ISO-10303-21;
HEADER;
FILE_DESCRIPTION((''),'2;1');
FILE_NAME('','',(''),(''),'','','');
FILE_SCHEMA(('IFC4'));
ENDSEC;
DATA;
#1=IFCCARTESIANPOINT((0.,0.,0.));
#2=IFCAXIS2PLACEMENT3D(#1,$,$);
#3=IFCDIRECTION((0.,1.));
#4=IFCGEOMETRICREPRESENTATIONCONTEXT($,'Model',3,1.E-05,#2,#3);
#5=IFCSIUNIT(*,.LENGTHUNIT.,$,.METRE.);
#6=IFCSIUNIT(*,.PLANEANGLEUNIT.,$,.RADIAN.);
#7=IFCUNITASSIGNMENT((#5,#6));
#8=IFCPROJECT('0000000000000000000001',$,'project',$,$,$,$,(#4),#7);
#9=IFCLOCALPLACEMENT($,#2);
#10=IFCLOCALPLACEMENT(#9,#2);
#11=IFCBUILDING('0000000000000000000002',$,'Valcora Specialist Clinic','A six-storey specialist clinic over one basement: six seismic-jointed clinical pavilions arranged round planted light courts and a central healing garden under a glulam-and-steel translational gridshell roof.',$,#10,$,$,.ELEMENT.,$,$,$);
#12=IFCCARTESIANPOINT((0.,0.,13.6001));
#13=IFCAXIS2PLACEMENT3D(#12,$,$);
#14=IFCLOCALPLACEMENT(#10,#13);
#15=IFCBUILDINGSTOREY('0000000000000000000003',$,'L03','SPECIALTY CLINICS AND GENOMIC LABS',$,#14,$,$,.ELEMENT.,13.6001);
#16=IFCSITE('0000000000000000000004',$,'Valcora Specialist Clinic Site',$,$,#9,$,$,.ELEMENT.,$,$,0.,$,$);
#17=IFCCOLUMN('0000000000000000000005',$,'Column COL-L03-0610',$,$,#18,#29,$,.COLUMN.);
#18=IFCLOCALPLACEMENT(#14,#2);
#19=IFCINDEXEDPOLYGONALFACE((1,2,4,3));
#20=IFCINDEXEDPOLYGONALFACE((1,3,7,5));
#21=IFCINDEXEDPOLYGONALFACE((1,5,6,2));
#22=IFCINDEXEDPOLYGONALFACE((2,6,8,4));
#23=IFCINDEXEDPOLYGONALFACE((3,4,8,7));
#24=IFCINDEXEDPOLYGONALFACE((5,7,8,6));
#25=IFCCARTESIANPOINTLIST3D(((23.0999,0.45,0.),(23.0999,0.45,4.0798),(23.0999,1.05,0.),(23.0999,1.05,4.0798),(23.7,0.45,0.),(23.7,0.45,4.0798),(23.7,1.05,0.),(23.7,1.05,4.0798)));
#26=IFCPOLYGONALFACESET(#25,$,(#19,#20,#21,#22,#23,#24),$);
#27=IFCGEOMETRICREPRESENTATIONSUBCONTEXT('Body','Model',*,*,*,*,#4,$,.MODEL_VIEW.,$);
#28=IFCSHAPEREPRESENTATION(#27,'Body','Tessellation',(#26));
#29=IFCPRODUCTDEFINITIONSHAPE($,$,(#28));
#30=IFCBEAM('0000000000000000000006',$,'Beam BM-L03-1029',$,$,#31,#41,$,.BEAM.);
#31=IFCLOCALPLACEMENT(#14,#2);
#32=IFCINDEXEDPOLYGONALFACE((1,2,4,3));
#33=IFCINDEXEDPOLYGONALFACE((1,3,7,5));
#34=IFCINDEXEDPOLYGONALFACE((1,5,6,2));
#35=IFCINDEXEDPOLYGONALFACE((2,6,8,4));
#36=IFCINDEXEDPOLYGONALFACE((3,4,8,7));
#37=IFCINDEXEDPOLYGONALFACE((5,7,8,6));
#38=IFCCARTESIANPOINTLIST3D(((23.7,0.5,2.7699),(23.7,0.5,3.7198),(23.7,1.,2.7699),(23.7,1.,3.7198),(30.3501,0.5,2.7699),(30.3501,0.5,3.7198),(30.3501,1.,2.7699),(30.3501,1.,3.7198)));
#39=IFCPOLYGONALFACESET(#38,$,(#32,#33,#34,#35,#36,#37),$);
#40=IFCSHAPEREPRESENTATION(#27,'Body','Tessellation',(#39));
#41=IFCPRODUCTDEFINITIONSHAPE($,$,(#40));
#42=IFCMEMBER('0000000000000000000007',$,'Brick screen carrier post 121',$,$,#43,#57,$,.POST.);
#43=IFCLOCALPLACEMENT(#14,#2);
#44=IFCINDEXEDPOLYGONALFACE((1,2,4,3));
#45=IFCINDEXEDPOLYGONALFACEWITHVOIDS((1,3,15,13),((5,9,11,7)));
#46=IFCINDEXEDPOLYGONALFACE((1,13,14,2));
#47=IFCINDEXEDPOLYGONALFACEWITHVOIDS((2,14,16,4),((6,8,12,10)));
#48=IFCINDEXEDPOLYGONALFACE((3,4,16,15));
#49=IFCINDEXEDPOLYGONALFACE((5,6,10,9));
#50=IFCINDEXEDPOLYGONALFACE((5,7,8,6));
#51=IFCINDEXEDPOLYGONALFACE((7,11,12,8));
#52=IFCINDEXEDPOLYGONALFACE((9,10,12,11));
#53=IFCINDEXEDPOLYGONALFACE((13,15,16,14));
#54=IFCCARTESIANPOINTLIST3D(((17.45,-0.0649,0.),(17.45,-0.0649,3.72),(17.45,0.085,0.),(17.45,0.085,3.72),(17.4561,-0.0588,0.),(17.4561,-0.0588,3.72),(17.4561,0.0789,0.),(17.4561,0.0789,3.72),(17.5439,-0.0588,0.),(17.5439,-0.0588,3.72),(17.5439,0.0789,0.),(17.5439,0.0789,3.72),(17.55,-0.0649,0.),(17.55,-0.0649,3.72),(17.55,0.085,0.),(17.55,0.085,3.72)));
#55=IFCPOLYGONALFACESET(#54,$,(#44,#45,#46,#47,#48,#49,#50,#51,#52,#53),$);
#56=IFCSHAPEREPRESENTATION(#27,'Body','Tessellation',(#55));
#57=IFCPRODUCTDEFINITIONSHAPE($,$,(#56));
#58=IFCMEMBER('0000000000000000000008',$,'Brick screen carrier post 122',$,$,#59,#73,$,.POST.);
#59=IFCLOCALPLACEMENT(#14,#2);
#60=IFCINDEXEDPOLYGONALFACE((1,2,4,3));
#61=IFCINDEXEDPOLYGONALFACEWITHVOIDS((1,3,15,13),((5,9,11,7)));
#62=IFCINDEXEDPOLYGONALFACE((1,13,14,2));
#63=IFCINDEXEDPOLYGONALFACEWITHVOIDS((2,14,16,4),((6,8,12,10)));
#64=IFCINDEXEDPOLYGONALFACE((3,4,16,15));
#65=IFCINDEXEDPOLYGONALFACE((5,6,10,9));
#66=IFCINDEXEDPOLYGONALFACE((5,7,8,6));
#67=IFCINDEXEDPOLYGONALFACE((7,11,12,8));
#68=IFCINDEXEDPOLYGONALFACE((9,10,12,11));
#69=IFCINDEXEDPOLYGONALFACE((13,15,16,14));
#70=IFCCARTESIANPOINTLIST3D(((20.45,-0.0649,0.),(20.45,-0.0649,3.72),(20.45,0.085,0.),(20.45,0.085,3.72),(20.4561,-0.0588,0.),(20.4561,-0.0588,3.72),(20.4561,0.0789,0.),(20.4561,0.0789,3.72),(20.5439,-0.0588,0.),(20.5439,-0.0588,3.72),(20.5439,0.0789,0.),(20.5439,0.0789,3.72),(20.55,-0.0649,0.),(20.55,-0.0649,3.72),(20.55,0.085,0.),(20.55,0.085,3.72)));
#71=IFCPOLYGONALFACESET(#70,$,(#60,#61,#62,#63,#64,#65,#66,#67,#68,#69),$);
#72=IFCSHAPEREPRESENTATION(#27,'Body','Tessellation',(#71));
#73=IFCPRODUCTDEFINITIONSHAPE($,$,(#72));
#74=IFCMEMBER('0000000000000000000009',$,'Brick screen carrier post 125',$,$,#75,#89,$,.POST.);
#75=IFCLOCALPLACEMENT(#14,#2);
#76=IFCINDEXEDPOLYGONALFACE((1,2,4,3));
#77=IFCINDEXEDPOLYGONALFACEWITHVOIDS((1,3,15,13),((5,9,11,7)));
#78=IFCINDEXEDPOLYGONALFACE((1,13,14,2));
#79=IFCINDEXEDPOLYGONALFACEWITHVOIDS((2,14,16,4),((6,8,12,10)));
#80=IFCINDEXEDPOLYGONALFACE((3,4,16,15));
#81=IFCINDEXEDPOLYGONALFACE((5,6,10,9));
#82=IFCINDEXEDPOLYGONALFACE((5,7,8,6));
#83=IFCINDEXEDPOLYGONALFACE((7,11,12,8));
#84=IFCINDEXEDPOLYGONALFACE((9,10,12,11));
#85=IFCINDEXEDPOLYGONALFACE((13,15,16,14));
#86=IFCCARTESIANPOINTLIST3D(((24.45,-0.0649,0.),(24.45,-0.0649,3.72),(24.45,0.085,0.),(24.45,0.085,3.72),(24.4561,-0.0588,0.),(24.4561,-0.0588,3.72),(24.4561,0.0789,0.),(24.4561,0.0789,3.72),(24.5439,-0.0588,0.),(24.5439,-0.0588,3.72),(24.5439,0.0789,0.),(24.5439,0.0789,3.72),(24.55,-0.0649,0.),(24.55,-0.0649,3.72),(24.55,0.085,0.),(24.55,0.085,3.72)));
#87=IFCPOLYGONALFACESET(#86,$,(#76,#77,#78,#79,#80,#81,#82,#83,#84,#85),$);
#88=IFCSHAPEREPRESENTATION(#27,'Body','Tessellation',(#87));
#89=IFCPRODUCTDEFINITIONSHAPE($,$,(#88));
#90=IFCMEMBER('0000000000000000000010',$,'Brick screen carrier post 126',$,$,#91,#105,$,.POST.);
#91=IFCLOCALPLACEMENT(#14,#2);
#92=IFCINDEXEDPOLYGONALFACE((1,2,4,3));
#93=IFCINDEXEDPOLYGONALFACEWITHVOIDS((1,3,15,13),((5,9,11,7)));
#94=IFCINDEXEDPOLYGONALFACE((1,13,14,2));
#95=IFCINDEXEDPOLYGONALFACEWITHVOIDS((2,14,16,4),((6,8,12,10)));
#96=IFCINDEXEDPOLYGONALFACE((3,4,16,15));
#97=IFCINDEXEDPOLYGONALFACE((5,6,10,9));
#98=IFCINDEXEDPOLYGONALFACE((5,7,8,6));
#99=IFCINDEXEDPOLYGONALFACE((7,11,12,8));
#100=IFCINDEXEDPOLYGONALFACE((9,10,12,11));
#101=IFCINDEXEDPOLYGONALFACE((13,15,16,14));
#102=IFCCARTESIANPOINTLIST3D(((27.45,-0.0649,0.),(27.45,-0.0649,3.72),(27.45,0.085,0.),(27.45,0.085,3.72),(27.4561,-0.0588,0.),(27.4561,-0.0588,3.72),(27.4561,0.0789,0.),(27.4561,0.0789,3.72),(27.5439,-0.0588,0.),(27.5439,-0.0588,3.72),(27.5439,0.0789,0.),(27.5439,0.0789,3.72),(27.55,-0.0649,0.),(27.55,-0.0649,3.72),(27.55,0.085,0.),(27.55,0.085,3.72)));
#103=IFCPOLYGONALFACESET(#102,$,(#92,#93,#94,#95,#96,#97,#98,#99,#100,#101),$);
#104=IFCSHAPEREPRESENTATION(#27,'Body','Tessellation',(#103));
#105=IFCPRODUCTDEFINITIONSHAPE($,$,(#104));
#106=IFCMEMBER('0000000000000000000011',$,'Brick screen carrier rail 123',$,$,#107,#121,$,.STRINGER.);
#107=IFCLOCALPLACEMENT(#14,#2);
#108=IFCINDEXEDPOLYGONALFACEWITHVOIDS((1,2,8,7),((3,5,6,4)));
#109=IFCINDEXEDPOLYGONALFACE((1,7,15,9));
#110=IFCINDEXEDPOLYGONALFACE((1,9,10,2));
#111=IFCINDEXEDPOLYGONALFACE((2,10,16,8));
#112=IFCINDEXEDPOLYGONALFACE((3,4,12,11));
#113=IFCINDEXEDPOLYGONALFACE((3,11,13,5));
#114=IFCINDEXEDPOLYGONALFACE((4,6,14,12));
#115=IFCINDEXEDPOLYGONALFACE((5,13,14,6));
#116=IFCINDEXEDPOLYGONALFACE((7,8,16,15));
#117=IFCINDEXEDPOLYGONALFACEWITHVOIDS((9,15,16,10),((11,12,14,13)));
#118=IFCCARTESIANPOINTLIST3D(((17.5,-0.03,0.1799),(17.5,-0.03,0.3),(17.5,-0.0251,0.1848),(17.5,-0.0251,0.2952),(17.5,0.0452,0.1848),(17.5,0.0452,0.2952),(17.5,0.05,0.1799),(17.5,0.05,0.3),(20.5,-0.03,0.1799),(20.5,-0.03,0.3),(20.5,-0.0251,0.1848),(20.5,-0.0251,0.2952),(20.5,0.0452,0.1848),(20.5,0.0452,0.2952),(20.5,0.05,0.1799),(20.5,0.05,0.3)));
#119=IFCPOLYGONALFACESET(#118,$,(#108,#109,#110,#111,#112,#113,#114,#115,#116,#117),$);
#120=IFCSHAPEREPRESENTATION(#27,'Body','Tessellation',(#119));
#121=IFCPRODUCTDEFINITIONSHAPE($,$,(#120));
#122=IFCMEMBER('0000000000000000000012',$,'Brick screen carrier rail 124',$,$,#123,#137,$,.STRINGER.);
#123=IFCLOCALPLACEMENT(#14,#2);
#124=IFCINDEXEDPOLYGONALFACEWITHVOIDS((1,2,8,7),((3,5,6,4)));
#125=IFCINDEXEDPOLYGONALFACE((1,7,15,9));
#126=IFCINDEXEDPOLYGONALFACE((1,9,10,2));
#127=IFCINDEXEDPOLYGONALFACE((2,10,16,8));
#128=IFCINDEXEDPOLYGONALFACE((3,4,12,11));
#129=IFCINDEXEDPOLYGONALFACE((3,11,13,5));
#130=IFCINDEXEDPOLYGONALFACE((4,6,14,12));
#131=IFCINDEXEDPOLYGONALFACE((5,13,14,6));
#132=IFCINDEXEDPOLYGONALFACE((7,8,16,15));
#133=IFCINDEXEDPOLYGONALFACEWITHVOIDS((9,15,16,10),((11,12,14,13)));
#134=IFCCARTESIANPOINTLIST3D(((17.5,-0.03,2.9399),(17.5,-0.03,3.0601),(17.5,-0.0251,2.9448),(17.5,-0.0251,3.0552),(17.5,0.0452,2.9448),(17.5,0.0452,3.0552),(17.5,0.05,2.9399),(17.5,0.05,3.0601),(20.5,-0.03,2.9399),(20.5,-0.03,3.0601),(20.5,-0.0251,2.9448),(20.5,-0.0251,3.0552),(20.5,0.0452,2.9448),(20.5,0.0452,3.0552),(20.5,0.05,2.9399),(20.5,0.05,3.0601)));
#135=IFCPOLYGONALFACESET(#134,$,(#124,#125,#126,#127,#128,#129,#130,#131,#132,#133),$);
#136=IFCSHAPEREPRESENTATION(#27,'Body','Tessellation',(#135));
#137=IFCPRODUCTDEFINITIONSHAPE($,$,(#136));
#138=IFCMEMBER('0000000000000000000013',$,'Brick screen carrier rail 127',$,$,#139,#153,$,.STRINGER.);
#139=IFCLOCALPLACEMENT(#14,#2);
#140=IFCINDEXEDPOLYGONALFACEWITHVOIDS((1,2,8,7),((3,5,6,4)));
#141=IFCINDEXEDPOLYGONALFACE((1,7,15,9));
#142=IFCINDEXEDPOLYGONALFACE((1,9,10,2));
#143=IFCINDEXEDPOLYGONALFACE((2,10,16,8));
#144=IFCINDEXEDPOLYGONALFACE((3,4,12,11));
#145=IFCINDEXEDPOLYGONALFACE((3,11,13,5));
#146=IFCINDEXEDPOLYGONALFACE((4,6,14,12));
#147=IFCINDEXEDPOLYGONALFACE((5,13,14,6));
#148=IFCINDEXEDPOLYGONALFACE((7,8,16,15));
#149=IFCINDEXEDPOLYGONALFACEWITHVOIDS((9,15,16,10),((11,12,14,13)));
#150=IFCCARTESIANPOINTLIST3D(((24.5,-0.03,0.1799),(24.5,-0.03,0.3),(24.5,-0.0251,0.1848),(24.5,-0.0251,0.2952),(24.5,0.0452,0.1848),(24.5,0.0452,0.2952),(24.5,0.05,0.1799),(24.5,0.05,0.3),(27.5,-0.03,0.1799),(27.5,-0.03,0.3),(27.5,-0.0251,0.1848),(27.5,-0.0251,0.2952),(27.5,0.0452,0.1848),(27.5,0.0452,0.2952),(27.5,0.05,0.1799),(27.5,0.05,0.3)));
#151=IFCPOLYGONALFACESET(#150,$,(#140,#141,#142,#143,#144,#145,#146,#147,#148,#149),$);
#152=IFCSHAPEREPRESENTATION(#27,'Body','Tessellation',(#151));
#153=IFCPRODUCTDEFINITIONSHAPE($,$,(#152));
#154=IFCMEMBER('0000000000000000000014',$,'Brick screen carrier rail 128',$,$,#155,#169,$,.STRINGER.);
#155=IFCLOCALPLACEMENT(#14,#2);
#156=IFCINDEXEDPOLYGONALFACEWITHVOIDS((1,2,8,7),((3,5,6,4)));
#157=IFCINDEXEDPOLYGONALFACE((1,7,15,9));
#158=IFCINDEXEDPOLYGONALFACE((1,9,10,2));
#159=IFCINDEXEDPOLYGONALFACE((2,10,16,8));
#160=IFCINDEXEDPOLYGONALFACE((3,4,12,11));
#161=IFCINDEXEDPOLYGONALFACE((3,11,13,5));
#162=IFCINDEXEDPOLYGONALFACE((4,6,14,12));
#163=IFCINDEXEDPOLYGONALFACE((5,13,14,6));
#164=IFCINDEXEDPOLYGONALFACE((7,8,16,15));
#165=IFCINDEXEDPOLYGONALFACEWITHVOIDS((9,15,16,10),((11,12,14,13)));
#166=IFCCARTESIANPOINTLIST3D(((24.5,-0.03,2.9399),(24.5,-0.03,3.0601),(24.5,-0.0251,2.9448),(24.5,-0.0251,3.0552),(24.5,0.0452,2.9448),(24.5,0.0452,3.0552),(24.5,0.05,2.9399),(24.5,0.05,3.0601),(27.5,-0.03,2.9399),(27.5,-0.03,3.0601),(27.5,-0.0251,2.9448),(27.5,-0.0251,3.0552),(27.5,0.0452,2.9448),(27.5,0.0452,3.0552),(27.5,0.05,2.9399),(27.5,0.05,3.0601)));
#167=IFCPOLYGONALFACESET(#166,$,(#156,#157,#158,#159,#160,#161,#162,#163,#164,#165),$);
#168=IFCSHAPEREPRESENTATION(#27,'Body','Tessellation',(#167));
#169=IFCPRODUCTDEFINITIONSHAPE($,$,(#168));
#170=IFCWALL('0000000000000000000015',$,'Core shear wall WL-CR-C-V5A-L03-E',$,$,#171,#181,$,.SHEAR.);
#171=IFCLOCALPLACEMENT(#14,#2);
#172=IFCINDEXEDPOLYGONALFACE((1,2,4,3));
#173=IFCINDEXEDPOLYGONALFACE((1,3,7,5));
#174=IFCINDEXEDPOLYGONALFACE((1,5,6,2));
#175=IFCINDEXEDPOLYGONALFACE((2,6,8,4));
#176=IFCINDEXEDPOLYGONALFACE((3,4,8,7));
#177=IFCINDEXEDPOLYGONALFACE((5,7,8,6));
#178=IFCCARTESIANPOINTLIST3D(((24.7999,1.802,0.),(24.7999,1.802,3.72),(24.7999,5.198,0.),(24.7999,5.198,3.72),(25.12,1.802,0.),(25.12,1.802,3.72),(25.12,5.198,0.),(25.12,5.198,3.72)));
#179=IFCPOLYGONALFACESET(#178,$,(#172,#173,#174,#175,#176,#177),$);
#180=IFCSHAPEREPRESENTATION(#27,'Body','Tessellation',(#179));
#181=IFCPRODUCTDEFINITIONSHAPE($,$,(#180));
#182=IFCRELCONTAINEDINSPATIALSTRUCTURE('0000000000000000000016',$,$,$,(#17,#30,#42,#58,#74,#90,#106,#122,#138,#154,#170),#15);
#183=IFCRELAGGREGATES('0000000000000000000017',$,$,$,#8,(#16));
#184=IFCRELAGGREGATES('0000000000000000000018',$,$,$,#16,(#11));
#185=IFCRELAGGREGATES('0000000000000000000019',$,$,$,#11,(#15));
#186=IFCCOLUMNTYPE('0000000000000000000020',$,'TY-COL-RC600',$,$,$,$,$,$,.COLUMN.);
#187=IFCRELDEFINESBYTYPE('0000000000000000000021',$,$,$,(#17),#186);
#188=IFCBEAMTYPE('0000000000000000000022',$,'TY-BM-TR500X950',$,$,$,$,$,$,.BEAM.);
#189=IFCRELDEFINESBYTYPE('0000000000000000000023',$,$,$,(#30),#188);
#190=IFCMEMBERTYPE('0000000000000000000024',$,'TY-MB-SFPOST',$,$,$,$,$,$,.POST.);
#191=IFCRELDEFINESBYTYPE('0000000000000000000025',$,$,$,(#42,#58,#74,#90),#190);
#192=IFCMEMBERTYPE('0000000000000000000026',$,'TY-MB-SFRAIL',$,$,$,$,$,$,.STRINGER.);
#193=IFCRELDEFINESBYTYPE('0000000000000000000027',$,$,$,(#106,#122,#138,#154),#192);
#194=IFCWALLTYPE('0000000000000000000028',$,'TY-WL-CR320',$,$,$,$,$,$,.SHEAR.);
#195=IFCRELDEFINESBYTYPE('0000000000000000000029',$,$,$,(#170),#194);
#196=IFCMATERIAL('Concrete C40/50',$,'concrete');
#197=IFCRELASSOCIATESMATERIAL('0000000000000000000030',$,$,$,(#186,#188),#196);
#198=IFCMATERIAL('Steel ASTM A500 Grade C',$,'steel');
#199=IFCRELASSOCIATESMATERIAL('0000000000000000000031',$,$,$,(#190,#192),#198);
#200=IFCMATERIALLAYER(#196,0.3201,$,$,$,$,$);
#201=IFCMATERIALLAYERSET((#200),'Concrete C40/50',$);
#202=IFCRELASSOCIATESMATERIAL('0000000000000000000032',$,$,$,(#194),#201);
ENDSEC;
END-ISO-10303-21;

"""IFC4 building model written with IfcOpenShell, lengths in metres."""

from ifc_helpers import new_model, si_unit, direction, frame, frame_2d, origin, origin_2d, place, context, subcontext, project, spatial, rectangle, hollow_rectangle, extrude, material, layer, layer_set, material_profile, profile_set, type_object, element, save


model = new_model("IFC4")

# Units and contexts
model_context = context("Model", 3, precision=1e-05, world=origin(), true_north=direction((0.0, 1.0)))
body_context = subcontext(model_context, "Body", "Model", "MODEL_VIEW")
ifc_project = project(units=[si_unit("LENGTHUNIT", "METRE"), si_unit("PLANEANGLEUNIT", "RADIAN")], contexts=[model_context])

# Site, building, storey
site_placement = place(None, origin())
site = spatial("IfcSite", under=ifc_project, at=site_placement, Name="Valcora Specialist Clinic Site", CompositionType="ELEMENT", RefElevation=0.0)
building_placement = place(site_placement, origin())
building = spatial("IfcBuilding", under=site, at=building_placement, Name="Valcora Specialist Clinic", Description="A six-storey specialist clinic over one basement: six seismic-jointed clinical pavilions arranged round planted light courts and a central healing garden under a glulam-and-steel translational gridshell roof.", CompositionType="ELEMENT")
storey_placement = place(building_placement, frame((0.0, 0.0, 13.6001)))
storey = spatial("IfcBuildingStorey", under=building, at=storey_placement, Name="L03", Description="SPECIALTY CLINICS AND GENOMIC LABS", CompositionType="ELEMENT", Elevation=13.6001)

# Column
ifc_material_1 = material(Name="Concrete C40/50", Category="concrete")
ifc_material_profile_1 = material_profile(ifc_material_1, rectangle(XDim=0.6001, YDim=0.6001, at=origin_2d()), Name="RC-COL-600X600")
ifc_profile_set_1 = profile_set([ifc_material_profile_1], Name="Concrete C40/50")
column_type = type_object("IfcColumnType", Name="TY-COL-RC600", PredefinedType="COLUMN", material=ifc_profile_set_1)
column_placement = place(storey_placement, frame((23.3999, 0.75, 0.0), z_axis=(0.0, 0.0, 1.0), x_axis=(1.0, 0.0, 0.0)))
element("IfcColumn", 1, at=column_placement, inside=storey, type_object=column_type, Name="Column COL-L03-0610", PredefinedType="COLUMN", context=body_context, shape_type="SweptSolid", body=[
    extrude(rectangle(XDim=0.6001, YDim=0.6001, at=origin_2d()), origin(), (0.0, 0.0, 1.0), 4.0798),
])

# Beam
ifc_material_profile_2 = material_profile(ifc_material_1, rectangle(XDim=0.5, YDim=0.95, at=origin_2d()), Name="RC-BM-500X950")
ifc_profile_set_2 = profile_set([ifc_material_profile_2], Name="Concrete C40/50")
beam_type = type_object("IfcBeamType", Name="TY-BM-TR500X950", PredefinedType="BEAM", material=ifc_profile_set_2)
beam_placement = place(storey_placement, frame((23.7, 0.75, 3.2449), z_axis=(1.0, 0.0, 0.0), x_axis=(0.0, 1.0, 0.0)))
element("IfcBeam", 2, at=beam_placement, inside=storey, type_object=beam_type, Name="Beam BM-L03-1029", PredefinedType="BEAM", context=body_context, shape_type="SweptSolid", body=[
    extrude(rectangle(XDim=0.5, YDim=0.95, at=origin_2d()), origin(), (0.0, 0.0, 1.0), 6.6501),
])

# Members
ifc_material_2 = material(Name="Steel ASTM A500 Grade C", Category="steel")
ifc_material_profile_3 = material_profile(ifc_material_2, hollow_rectangle(XDim=0.1001, YDim=0.1499, WallThickness=0.0061, at=origin_2d()), Name="ST-RHS-150X100X6")
ifc_profile_set_3 = profile_set([ifc_material_profile_3], Name="Steel ASTM A500 Grade C")
member_type_1 = type_object("IfcMemberType", Name="TY-MB-SFPOST", PredefinedType="POST", material=ifc_profile_set_3)
for number, where, z_axis, x_axis, name in (
    (3, (17.5, 0.01, 0.0), (0.0, 0.0, 1.0), (1.0, 0.0, 0.0), "Brick screen carrier post 121"),
    (4, (20.5, 0.01, 0.0), (0.0, 0.0, 1.0), (1.0, 0.0, 0.0), "Brick screen carrier post 122"),
    (5, (24.5, 0.01, 0.0), (0.0, 0.0, 1.0), (1.0, 0.0, 0.0), "Brick screen carrier post 125"),
    (6, (27.5, 0.01, 0.0), (0.0, 0.0, 1.0), (1.0, 0.0, 0.0), "Brick screen carrier post 126"),
):
    element("IfcMember", number, at=place(storey_placement, frame(where, z_axis=z_axis, x_axis=x_axis)), inside=storey, type_object=member_type_1, Name=name, PredefinedType="POST", context=body_context, shape_type="SweptSolid", body=[
        extrude(hollow_rectangle(XDim=0.1001, YDim=0.1499, WallThickness=0.0061, at=origin_2d()), origin(), (0.0, 0.0, 1.0), 3.72),
    ])
ifc_material_profile_4 = material_profile(ifc_material_2, hollow_rectangle(XDim=0.0801, YDim=0.1201, WallThickness=0.0049, at=origin_2d()), Name="ST-RHS-120X80X5")
ifc_profile_set_4 = profile_set([ifc_material_profile_4], Name="Steel ASTM A500 Grade C")
member_type_2 = type_object("IfcMemberType", Name="TY-MB-SFRAIL", PredefinedType="STRINGER", material=ifc_profile_set_4)
for number, where, z_axis, x_axis, name in (
    (7, (17.5, 0.01, 0.24), (1.0, 0.0, 0.0), (0.0, 1.0, 0.0), "Brick screen carrier rail 123"),
    (8, (17.5, 0.01, 3.0), (1.0, 0.0, 0.0), (0.0, 1.0, 0.0), "Brick screen carrier rail 124"),
    (9, (24.5, 0.01, 0.24), (1.0, 0.0, 0.0), (0.0, 1.0, 0.0), "Brick screen carrier rail 127"),
    (10, (24.5, 0.01, 3.0), (1.0, 0.0, 0.0), (0.0, 1.0, 0.0), "Brick screen carrier rail 128"),
):
    element("IfcMember", number, at=place(storey_placement, frame(where, z_axis=z_axis, x_axis=x_axis)), inside=storey, type_object=member_type_2, Name=name, PredefinedType="STRINGER", context=body_context, shape_type="SweptSolid", body=[
        extrude(hollow_rectangle(XDim=0.0801, YDim=0.1201, WallThickness=0.0049, at=origin_2d()), origin(), (0.0, 0.0, 1.0), 3.0),
    ])

# Wall
ifc_layer_1 = layer(ifc_material_1, 0.3201)
ifc_layer_set_1 = layer_set([ifc_layer_1], Name="Concrete C40/50")
wall_type_1 = type_object("IfcWallType", Name="TY-WL-CR320", PredefinedType="SHEAR", material=ifc_layer_set_1)
wall_1_placement = place(storey_placement, frame((24.96, 1.802, 0.0), z_axis=(0.0, 0.0, 1.0), x_axis=(0.0, 1.0, 0.0)))
element("IfcWall", 11, at=wall_1_placement, inside=storey, type_object=wall_type_1, Name="Core shear wall WL-CR-C-V5A-L03-E", PredefinedType="SHEAR", context=body_context, shape_type="SweptSolid", body=[
    extrude(rectangle(XDim=3.396, YDim=0.3201, at=frame_2d((1.698, 0.0))), origin(), (0.0, 0.0, 1.0), 3.72),
])

save(model, "model.ifc")
